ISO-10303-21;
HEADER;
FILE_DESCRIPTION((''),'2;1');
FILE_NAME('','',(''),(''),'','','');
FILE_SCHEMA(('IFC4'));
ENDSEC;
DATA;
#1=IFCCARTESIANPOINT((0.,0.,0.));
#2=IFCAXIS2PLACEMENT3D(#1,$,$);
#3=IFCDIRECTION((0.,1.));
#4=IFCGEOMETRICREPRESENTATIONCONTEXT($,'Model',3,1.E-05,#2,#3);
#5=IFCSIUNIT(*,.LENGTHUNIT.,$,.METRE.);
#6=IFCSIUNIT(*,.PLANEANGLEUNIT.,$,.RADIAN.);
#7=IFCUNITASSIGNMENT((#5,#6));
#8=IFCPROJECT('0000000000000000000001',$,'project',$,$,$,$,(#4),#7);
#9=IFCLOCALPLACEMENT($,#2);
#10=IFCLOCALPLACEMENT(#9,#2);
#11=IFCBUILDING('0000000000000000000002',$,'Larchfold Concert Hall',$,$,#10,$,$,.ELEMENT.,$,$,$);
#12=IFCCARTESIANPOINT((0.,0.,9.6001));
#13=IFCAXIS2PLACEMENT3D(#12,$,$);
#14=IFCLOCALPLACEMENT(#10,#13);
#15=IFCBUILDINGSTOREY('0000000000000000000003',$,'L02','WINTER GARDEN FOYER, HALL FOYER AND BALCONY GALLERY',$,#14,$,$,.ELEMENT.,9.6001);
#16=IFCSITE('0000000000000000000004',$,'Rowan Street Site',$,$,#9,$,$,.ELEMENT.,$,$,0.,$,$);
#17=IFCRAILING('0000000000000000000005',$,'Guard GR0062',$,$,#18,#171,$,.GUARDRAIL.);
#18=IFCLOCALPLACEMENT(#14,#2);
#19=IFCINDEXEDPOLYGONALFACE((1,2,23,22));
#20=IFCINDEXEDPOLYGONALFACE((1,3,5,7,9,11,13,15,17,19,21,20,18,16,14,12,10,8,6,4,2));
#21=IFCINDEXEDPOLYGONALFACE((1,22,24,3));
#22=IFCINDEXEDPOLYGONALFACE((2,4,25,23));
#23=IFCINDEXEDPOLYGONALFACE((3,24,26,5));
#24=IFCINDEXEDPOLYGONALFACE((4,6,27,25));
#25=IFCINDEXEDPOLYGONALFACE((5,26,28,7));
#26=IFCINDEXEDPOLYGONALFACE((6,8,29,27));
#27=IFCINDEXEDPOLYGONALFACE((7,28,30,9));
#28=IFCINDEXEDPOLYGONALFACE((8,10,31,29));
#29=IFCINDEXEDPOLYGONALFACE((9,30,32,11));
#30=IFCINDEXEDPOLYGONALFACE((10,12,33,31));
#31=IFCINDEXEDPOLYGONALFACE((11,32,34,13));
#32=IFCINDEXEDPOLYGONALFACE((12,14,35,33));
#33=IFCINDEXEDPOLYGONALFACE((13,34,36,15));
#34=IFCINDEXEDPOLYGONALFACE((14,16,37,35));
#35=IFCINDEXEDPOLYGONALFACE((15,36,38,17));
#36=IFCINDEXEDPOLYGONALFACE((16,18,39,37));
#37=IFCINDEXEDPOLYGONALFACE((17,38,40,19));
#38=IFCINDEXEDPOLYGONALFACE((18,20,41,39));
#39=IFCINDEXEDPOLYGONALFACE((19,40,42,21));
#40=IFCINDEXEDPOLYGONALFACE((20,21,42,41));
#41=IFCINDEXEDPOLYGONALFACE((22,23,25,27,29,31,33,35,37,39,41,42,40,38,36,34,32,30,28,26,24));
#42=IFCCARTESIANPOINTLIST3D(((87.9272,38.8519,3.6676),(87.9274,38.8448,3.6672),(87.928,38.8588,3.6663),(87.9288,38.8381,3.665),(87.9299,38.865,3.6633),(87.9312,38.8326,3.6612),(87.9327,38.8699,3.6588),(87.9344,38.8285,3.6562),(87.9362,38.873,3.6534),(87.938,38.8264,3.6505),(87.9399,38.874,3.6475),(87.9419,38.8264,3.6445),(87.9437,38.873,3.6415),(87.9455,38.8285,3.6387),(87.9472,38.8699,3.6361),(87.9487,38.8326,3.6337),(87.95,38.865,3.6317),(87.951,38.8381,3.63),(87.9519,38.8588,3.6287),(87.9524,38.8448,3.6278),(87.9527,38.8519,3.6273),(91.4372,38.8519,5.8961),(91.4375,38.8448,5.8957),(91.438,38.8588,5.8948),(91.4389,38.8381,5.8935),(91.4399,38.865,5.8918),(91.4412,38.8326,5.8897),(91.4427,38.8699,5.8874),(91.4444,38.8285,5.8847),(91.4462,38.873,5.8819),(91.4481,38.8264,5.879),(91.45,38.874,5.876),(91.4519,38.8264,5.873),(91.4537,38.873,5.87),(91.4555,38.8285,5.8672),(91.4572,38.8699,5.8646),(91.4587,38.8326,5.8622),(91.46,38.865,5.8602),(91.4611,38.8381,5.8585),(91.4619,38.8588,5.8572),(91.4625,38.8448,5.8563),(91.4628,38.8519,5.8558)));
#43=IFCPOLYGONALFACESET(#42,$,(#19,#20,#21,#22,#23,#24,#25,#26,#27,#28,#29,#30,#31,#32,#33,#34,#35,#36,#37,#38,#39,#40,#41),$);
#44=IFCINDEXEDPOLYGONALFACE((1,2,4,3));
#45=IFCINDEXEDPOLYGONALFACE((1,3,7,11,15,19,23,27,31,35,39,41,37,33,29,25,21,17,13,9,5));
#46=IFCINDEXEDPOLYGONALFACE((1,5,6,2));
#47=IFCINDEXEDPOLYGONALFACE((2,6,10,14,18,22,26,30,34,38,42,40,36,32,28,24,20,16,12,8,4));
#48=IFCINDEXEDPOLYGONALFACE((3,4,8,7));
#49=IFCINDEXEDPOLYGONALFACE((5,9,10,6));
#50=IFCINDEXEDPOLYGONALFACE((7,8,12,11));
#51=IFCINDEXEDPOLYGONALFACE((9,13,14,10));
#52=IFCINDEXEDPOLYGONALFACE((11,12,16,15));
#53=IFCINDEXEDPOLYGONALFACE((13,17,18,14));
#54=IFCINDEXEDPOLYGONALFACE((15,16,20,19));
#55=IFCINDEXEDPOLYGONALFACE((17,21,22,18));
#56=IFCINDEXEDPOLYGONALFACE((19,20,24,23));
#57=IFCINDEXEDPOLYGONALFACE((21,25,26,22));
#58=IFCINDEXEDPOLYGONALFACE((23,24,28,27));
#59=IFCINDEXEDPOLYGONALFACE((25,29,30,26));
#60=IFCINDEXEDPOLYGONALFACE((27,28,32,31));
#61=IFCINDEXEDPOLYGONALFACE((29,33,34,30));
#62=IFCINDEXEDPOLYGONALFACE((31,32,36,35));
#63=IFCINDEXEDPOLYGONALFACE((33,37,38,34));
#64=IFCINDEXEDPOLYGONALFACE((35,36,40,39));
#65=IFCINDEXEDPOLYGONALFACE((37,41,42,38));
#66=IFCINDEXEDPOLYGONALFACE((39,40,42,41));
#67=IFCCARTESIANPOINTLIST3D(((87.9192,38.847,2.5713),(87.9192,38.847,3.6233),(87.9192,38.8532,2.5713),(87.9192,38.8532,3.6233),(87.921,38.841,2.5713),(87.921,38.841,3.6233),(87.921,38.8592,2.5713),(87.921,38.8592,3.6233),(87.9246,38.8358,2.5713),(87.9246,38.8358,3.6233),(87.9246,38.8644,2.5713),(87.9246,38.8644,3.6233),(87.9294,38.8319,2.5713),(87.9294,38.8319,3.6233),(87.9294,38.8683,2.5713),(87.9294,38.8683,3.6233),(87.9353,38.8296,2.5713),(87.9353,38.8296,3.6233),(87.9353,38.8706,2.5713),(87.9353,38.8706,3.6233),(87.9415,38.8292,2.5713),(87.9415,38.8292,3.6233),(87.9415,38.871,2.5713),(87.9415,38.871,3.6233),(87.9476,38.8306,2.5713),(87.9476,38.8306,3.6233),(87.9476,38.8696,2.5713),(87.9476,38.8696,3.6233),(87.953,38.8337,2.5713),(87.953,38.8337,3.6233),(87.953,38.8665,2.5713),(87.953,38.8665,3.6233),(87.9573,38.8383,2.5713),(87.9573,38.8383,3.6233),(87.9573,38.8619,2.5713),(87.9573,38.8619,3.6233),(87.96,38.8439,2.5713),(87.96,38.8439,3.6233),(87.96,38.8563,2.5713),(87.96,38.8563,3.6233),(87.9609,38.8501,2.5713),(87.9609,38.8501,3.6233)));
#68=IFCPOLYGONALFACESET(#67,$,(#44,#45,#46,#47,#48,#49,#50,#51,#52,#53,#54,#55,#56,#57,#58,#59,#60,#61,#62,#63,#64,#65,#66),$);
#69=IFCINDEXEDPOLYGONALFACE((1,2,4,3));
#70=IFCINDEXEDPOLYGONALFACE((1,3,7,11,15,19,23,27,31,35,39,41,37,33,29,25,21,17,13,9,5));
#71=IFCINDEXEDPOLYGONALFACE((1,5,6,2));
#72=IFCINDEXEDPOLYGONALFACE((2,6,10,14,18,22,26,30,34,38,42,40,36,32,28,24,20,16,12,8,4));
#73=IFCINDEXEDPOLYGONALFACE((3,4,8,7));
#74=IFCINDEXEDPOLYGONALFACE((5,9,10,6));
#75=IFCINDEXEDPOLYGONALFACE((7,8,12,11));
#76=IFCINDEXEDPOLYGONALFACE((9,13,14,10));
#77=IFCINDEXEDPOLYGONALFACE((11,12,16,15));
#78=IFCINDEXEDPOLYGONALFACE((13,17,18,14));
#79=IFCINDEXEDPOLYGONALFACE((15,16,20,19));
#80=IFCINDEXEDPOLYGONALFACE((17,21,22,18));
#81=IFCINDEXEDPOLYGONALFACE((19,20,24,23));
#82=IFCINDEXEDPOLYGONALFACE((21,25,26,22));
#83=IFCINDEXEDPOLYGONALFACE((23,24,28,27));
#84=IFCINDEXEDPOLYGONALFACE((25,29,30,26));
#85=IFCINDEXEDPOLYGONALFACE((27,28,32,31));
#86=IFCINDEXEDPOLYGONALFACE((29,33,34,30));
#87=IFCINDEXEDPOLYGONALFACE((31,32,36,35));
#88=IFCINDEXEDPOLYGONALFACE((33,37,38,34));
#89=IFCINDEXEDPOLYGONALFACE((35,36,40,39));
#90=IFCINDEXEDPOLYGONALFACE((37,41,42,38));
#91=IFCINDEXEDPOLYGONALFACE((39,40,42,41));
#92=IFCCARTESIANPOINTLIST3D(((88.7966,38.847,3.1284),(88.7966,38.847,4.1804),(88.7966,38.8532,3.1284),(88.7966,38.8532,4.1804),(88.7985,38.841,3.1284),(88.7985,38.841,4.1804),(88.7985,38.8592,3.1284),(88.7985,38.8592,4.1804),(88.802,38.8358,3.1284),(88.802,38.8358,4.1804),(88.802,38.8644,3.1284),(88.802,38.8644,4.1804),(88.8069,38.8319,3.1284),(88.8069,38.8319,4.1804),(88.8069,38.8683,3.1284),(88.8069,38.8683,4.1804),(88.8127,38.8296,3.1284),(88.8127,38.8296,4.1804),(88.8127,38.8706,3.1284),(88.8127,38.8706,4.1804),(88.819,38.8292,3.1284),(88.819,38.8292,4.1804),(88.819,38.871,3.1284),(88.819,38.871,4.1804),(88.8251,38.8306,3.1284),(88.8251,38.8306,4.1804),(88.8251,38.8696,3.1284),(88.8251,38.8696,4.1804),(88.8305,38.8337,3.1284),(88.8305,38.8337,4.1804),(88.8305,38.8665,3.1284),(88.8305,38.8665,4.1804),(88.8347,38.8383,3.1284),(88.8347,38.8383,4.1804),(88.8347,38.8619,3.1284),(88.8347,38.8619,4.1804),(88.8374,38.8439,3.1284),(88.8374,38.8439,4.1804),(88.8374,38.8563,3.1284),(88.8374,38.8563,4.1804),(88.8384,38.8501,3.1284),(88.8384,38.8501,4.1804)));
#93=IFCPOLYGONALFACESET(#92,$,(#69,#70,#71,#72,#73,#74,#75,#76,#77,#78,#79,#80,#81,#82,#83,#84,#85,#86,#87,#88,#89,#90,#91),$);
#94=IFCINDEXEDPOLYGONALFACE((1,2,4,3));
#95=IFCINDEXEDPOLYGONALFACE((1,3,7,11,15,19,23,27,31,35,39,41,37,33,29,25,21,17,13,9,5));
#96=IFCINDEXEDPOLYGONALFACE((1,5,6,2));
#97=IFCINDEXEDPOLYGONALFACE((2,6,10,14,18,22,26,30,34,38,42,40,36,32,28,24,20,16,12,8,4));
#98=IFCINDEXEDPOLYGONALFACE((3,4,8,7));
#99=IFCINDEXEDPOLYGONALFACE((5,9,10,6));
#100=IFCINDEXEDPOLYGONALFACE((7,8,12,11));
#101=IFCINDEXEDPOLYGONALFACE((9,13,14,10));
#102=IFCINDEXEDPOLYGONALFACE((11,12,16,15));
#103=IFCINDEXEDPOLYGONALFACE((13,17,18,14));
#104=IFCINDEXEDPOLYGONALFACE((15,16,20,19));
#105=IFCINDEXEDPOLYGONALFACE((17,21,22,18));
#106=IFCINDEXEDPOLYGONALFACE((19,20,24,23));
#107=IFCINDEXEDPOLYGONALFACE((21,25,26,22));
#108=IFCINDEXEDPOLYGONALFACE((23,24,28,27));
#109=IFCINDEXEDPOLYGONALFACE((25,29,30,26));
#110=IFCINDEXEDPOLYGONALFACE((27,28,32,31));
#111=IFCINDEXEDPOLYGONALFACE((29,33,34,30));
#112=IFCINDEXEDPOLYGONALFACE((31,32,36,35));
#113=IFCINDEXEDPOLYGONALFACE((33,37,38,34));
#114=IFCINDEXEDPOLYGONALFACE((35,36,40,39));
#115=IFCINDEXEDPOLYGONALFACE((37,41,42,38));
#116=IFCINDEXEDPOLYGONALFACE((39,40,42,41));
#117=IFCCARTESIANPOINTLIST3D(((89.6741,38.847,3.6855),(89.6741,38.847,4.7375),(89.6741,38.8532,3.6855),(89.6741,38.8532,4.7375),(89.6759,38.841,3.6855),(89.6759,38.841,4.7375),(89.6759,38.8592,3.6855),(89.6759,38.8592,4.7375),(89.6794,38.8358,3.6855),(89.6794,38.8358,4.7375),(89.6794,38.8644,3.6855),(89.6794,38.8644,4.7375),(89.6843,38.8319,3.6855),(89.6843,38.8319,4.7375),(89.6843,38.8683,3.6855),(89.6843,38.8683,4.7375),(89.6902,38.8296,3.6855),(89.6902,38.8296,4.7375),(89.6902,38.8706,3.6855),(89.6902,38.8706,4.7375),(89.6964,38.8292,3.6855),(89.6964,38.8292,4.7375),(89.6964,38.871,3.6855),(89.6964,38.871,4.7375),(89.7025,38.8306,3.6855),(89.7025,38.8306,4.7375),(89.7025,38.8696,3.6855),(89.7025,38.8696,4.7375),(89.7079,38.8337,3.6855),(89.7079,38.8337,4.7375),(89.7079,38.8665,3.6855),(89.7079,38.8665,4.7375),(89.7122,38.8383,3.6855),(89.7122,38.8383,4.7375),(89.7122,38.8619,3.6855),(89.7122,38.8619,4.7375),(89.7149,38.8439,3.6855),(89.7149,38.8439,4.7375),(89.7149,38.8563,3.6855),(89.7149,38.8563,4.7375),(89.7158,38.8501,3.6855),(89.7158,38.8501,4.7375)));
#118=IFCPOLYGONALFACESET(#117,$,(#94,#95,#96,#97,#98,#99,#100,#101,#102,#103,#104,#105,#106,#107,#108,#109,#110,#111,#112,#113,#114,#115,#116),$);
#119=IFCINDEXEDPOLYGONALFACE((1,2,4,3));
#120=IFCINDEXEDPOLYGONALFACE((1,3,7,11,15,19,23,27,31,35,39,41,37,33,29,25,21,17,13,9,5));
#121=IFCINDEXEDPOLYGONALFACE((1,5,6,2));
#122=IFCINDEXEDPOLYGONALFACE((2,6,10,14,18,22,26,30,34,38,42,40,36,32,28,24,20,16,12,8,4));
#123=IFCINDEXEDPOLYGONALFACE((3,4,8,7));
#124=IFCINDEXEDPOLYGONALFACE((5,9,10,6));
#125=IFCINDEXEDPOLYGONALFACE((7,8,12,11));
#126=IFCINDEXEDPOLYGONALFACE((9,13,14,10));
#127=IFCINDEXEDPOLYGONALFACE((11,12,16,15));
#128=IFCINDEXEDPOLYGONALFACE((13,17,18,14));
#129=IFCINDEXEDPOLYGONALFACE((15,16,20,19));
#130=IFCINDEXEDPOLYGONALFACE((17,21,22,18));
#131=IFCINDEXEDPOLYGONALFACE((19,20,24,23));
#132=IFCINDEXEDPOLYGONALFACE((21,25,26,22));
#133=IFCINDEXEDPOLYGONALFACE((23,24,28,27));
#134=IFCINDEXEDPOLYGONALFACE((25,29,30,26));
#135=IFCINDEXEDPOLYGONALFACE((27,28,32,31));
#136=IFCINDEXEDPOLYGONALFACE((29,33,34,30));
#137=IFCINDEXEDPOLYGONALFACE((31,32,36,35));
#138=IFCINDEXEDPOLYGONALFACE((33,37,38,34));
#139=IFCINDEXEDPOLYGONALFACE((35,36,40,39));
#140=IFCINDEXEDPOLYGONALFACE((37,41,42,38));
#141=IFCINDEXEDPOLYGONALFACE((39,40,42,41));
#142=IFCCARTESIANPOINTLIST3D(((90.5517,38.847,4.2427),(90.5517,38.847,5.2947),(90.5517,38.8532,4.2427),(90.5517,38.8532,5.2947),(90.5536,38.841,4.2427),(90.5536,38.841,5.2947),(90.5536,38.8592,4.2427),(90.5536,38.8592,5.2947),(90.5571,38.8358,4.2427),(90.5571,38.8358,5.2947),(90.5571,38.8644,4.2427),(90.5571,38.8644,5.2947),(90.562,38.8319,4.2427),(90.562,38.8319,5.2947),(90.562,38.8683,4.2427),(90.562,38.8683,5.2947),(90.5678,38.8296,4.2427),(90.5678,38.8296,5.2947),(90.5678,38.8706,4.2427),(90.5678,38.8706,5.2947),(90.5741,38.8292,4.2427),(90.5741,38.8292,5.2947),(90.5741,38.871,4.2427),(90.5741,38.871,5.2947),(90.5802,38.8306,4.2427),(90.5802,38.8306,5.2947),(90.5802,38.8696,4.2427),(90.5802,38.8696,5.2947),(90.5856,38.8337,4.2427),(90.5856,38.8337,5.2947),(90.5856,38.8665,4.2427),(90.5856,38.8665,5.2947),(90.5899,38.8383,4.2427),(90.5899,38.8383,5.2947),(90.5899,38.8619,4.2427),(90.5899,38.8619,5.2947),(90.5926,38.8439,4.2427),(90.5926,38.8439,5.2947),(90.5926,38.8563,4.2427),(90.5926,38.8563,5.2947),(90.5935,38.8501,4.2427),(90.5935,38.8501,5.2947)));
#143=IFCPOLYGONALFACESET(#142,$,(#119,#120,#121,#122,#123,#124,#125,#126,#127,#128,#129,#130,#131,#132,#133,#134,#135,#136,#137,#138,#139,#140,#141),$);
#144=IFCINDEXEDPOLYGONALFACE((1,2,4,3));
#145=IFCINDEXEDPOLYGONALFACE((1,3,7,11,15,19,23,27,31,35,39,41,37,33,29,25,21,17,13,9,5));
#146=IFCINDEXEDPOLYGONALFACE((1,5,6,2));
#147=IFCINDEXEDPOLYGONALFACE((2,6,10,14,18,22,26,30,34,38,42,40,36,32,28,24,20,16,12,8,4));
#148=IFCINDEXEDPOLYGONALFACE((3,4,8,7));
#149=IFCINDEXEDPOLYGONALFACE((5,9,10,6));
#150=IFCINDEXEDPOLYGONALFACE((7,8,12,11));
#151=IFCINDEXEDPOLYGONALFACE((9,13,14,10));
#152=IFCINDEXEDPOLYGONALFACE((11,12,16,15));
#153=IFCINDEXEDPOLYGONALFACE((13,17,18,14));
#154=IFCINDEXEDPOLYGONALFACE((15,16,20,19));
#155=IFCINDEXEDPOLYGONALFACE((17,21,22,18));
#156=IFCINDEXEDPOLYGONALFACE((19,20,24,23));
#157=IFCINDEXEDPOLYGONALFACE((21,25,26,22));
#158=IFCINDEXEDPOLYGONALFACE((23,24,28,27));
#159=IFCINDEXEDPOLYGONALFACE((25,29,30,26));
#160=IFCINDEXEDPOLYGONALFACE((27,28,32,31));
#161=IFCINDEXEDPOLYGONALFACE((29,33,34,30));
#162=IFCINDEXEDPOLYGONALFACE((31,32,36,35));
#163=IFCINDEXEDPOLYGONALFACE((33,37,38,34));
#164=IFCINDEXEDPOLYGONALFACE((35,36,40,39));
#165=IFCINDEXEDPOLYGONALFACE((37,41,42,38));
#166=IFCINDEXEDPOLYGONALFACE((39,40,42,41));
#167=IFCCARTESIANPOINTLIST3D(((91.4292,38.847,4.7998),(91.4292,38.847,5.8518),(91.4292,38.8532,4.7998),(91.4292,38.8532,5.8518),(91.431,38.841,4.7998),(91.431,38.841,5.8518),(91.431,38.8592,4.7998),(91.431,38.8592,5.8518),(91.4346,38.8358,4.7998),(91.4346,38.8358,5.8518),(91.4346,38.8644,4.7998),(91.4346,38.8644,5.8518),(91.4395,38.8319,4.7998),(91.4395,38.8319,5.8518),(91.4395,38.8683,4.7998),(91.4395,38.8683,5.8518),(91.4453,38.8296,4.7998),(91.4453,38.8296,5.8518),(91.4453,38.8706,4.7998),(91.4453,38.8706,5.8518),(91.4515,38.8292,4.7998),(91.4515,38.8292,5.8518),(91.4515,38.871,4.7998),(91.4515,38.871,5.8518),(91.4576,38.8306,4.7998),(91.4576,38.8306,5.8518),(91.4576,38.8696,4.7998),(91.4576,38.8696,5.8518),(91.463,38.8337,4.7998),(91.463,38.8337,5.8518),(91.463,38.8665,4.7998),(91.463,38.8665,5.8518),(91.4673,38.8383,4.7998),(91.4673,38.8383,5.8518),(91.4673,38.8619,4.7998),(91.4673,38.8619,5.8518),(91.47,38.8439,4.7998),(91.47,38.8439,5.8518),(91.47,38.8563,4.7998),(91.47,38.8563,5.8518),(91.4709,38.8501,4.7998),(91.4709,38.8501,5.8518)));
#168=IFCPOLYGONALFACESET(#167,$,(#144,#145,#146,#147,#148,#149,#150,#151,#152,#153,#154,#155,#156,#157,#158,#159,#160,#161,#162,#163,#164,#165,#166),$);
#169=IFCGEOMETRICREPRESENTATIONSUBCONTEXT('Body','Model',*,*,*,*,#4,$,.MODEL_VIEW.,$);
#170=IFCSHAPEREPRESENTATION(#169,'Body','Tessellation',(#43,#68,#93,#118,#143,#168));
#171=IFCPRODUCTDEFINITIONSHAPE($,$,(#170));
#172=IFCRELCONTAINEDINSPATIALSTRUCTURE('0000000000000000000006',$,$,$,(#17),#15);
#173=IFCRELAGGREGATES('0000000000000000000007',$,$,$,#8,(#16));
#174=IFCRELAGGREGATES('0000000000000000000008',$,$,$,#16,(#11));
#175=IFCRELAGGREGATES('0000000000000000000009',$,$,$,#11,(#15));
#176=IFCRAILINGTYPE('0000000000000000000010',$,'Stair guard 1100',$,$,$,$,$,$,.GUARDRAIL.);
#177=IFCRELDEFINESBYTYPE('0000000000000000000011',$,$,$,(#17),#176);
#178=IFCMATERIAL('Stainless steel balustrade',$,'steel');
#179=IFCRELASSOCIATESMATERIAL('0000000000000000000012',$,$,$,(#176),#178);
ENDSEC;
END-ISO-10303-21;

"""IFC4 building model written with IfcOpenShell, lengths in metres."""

from ifc_helpers import new_model, si_unit, direction, frame, origin, origin_2d, place, context, subcontext, project, spatial, circle, extrude, material, type_object, element, save


model = new_model("IFC4")

# Units and contexts
model_context = context("Model", 3, precision=1e-05, world=origin(), true_north=direction((0.0, 1.0)))
body_context = subcontext(model_context, "Body", "Model", "MODEL_VIEW")
ifc_project = project(units=[si_unit("LENGTHUNIT", "METRE"), si_unit("PLANEANGLEUNIT", "RADIAN")], contexts=[model_context])

# Site, building, storey
site_placement = place(None, origin())
site = spatial("IfcSite", under=ifc_project, at=site_placement, Name="Rowan Street Site", CompositionType="ELEMENT", RefElevation=0.0)
building_placement = place(site_placement, origin())
building = spatial("IfcBuilding", under=site, at=building_placement, Name="Larchfold Concert Hall", CompositionType="ELEMENT")
storey_placement = place(building_placement, frame((0.0, 0.0, 9.6001)))
storey = spatial("IfcBuildingStorey", under=building, at=storey_placement, Name="L02", Description="WINTER GARDEN FOYER, HALL FOYER AND BALCONY GALLERY", CompositionType="ELEMENT", Elevation=9.6001)

# Railing
ifc_material_1 = material(Name="Stainless steel balustrade", Category="steel")
railing_type_1 = type_object("IfcRailingType", Name="Stair guard 1100", PredefinedType="GUARDRAIL", material=ifc_material_1)
railing_1_placement = place(storey_placement, frame((87.9399, 38.8501, 2.5713)))
element("IfcRailing", 1, at=railing_1_placement, inside=storey, type_object=railing_type_1, Name="Guard GR0062", PredefinedType="GUARDRAIL", context=body_context, shape_type="SweptSolid", body=[
    extrude(circle(Radius=0.0239, at=origin_2d()), frame((0.0, 0.0, 1.0762), z_axis=(0.84422, 0.0, 0.535998), x_axis=(0.0, 1.0, 0.0)), (0.0, 0.0, 1.0), 4.1577),
    extrude(circle(Radius=0.021, at=origin_2d()), origin(), (0.0, 0.0, 1.0), 1.052),
    extrude(circle(Radius=0.021, at=origin_2d()), frame((0.8774, 0.0, 0.5571)), (0.0, 0.0, 1.0), 1.052),
    extrude(circle(Radius=0.021, at=origin_2d()), frame((1.7549, 0.0, 1.1143)), (0.0, 0.0, 1.0), 1.052),
    extrude(circle(Radius=0.021, at=origin_2d()), frame((2.6326, 0.0, 1.6714)), (0.0, 0.0, 1.0), 1.052),
    extrude(circle(Radius=0.021, at=origin_2d()), frame((3.51, 0.0, 2.2285)), (0.0, 0.0, 1.0), 1.052),
])

save(model, "model.ifc")
